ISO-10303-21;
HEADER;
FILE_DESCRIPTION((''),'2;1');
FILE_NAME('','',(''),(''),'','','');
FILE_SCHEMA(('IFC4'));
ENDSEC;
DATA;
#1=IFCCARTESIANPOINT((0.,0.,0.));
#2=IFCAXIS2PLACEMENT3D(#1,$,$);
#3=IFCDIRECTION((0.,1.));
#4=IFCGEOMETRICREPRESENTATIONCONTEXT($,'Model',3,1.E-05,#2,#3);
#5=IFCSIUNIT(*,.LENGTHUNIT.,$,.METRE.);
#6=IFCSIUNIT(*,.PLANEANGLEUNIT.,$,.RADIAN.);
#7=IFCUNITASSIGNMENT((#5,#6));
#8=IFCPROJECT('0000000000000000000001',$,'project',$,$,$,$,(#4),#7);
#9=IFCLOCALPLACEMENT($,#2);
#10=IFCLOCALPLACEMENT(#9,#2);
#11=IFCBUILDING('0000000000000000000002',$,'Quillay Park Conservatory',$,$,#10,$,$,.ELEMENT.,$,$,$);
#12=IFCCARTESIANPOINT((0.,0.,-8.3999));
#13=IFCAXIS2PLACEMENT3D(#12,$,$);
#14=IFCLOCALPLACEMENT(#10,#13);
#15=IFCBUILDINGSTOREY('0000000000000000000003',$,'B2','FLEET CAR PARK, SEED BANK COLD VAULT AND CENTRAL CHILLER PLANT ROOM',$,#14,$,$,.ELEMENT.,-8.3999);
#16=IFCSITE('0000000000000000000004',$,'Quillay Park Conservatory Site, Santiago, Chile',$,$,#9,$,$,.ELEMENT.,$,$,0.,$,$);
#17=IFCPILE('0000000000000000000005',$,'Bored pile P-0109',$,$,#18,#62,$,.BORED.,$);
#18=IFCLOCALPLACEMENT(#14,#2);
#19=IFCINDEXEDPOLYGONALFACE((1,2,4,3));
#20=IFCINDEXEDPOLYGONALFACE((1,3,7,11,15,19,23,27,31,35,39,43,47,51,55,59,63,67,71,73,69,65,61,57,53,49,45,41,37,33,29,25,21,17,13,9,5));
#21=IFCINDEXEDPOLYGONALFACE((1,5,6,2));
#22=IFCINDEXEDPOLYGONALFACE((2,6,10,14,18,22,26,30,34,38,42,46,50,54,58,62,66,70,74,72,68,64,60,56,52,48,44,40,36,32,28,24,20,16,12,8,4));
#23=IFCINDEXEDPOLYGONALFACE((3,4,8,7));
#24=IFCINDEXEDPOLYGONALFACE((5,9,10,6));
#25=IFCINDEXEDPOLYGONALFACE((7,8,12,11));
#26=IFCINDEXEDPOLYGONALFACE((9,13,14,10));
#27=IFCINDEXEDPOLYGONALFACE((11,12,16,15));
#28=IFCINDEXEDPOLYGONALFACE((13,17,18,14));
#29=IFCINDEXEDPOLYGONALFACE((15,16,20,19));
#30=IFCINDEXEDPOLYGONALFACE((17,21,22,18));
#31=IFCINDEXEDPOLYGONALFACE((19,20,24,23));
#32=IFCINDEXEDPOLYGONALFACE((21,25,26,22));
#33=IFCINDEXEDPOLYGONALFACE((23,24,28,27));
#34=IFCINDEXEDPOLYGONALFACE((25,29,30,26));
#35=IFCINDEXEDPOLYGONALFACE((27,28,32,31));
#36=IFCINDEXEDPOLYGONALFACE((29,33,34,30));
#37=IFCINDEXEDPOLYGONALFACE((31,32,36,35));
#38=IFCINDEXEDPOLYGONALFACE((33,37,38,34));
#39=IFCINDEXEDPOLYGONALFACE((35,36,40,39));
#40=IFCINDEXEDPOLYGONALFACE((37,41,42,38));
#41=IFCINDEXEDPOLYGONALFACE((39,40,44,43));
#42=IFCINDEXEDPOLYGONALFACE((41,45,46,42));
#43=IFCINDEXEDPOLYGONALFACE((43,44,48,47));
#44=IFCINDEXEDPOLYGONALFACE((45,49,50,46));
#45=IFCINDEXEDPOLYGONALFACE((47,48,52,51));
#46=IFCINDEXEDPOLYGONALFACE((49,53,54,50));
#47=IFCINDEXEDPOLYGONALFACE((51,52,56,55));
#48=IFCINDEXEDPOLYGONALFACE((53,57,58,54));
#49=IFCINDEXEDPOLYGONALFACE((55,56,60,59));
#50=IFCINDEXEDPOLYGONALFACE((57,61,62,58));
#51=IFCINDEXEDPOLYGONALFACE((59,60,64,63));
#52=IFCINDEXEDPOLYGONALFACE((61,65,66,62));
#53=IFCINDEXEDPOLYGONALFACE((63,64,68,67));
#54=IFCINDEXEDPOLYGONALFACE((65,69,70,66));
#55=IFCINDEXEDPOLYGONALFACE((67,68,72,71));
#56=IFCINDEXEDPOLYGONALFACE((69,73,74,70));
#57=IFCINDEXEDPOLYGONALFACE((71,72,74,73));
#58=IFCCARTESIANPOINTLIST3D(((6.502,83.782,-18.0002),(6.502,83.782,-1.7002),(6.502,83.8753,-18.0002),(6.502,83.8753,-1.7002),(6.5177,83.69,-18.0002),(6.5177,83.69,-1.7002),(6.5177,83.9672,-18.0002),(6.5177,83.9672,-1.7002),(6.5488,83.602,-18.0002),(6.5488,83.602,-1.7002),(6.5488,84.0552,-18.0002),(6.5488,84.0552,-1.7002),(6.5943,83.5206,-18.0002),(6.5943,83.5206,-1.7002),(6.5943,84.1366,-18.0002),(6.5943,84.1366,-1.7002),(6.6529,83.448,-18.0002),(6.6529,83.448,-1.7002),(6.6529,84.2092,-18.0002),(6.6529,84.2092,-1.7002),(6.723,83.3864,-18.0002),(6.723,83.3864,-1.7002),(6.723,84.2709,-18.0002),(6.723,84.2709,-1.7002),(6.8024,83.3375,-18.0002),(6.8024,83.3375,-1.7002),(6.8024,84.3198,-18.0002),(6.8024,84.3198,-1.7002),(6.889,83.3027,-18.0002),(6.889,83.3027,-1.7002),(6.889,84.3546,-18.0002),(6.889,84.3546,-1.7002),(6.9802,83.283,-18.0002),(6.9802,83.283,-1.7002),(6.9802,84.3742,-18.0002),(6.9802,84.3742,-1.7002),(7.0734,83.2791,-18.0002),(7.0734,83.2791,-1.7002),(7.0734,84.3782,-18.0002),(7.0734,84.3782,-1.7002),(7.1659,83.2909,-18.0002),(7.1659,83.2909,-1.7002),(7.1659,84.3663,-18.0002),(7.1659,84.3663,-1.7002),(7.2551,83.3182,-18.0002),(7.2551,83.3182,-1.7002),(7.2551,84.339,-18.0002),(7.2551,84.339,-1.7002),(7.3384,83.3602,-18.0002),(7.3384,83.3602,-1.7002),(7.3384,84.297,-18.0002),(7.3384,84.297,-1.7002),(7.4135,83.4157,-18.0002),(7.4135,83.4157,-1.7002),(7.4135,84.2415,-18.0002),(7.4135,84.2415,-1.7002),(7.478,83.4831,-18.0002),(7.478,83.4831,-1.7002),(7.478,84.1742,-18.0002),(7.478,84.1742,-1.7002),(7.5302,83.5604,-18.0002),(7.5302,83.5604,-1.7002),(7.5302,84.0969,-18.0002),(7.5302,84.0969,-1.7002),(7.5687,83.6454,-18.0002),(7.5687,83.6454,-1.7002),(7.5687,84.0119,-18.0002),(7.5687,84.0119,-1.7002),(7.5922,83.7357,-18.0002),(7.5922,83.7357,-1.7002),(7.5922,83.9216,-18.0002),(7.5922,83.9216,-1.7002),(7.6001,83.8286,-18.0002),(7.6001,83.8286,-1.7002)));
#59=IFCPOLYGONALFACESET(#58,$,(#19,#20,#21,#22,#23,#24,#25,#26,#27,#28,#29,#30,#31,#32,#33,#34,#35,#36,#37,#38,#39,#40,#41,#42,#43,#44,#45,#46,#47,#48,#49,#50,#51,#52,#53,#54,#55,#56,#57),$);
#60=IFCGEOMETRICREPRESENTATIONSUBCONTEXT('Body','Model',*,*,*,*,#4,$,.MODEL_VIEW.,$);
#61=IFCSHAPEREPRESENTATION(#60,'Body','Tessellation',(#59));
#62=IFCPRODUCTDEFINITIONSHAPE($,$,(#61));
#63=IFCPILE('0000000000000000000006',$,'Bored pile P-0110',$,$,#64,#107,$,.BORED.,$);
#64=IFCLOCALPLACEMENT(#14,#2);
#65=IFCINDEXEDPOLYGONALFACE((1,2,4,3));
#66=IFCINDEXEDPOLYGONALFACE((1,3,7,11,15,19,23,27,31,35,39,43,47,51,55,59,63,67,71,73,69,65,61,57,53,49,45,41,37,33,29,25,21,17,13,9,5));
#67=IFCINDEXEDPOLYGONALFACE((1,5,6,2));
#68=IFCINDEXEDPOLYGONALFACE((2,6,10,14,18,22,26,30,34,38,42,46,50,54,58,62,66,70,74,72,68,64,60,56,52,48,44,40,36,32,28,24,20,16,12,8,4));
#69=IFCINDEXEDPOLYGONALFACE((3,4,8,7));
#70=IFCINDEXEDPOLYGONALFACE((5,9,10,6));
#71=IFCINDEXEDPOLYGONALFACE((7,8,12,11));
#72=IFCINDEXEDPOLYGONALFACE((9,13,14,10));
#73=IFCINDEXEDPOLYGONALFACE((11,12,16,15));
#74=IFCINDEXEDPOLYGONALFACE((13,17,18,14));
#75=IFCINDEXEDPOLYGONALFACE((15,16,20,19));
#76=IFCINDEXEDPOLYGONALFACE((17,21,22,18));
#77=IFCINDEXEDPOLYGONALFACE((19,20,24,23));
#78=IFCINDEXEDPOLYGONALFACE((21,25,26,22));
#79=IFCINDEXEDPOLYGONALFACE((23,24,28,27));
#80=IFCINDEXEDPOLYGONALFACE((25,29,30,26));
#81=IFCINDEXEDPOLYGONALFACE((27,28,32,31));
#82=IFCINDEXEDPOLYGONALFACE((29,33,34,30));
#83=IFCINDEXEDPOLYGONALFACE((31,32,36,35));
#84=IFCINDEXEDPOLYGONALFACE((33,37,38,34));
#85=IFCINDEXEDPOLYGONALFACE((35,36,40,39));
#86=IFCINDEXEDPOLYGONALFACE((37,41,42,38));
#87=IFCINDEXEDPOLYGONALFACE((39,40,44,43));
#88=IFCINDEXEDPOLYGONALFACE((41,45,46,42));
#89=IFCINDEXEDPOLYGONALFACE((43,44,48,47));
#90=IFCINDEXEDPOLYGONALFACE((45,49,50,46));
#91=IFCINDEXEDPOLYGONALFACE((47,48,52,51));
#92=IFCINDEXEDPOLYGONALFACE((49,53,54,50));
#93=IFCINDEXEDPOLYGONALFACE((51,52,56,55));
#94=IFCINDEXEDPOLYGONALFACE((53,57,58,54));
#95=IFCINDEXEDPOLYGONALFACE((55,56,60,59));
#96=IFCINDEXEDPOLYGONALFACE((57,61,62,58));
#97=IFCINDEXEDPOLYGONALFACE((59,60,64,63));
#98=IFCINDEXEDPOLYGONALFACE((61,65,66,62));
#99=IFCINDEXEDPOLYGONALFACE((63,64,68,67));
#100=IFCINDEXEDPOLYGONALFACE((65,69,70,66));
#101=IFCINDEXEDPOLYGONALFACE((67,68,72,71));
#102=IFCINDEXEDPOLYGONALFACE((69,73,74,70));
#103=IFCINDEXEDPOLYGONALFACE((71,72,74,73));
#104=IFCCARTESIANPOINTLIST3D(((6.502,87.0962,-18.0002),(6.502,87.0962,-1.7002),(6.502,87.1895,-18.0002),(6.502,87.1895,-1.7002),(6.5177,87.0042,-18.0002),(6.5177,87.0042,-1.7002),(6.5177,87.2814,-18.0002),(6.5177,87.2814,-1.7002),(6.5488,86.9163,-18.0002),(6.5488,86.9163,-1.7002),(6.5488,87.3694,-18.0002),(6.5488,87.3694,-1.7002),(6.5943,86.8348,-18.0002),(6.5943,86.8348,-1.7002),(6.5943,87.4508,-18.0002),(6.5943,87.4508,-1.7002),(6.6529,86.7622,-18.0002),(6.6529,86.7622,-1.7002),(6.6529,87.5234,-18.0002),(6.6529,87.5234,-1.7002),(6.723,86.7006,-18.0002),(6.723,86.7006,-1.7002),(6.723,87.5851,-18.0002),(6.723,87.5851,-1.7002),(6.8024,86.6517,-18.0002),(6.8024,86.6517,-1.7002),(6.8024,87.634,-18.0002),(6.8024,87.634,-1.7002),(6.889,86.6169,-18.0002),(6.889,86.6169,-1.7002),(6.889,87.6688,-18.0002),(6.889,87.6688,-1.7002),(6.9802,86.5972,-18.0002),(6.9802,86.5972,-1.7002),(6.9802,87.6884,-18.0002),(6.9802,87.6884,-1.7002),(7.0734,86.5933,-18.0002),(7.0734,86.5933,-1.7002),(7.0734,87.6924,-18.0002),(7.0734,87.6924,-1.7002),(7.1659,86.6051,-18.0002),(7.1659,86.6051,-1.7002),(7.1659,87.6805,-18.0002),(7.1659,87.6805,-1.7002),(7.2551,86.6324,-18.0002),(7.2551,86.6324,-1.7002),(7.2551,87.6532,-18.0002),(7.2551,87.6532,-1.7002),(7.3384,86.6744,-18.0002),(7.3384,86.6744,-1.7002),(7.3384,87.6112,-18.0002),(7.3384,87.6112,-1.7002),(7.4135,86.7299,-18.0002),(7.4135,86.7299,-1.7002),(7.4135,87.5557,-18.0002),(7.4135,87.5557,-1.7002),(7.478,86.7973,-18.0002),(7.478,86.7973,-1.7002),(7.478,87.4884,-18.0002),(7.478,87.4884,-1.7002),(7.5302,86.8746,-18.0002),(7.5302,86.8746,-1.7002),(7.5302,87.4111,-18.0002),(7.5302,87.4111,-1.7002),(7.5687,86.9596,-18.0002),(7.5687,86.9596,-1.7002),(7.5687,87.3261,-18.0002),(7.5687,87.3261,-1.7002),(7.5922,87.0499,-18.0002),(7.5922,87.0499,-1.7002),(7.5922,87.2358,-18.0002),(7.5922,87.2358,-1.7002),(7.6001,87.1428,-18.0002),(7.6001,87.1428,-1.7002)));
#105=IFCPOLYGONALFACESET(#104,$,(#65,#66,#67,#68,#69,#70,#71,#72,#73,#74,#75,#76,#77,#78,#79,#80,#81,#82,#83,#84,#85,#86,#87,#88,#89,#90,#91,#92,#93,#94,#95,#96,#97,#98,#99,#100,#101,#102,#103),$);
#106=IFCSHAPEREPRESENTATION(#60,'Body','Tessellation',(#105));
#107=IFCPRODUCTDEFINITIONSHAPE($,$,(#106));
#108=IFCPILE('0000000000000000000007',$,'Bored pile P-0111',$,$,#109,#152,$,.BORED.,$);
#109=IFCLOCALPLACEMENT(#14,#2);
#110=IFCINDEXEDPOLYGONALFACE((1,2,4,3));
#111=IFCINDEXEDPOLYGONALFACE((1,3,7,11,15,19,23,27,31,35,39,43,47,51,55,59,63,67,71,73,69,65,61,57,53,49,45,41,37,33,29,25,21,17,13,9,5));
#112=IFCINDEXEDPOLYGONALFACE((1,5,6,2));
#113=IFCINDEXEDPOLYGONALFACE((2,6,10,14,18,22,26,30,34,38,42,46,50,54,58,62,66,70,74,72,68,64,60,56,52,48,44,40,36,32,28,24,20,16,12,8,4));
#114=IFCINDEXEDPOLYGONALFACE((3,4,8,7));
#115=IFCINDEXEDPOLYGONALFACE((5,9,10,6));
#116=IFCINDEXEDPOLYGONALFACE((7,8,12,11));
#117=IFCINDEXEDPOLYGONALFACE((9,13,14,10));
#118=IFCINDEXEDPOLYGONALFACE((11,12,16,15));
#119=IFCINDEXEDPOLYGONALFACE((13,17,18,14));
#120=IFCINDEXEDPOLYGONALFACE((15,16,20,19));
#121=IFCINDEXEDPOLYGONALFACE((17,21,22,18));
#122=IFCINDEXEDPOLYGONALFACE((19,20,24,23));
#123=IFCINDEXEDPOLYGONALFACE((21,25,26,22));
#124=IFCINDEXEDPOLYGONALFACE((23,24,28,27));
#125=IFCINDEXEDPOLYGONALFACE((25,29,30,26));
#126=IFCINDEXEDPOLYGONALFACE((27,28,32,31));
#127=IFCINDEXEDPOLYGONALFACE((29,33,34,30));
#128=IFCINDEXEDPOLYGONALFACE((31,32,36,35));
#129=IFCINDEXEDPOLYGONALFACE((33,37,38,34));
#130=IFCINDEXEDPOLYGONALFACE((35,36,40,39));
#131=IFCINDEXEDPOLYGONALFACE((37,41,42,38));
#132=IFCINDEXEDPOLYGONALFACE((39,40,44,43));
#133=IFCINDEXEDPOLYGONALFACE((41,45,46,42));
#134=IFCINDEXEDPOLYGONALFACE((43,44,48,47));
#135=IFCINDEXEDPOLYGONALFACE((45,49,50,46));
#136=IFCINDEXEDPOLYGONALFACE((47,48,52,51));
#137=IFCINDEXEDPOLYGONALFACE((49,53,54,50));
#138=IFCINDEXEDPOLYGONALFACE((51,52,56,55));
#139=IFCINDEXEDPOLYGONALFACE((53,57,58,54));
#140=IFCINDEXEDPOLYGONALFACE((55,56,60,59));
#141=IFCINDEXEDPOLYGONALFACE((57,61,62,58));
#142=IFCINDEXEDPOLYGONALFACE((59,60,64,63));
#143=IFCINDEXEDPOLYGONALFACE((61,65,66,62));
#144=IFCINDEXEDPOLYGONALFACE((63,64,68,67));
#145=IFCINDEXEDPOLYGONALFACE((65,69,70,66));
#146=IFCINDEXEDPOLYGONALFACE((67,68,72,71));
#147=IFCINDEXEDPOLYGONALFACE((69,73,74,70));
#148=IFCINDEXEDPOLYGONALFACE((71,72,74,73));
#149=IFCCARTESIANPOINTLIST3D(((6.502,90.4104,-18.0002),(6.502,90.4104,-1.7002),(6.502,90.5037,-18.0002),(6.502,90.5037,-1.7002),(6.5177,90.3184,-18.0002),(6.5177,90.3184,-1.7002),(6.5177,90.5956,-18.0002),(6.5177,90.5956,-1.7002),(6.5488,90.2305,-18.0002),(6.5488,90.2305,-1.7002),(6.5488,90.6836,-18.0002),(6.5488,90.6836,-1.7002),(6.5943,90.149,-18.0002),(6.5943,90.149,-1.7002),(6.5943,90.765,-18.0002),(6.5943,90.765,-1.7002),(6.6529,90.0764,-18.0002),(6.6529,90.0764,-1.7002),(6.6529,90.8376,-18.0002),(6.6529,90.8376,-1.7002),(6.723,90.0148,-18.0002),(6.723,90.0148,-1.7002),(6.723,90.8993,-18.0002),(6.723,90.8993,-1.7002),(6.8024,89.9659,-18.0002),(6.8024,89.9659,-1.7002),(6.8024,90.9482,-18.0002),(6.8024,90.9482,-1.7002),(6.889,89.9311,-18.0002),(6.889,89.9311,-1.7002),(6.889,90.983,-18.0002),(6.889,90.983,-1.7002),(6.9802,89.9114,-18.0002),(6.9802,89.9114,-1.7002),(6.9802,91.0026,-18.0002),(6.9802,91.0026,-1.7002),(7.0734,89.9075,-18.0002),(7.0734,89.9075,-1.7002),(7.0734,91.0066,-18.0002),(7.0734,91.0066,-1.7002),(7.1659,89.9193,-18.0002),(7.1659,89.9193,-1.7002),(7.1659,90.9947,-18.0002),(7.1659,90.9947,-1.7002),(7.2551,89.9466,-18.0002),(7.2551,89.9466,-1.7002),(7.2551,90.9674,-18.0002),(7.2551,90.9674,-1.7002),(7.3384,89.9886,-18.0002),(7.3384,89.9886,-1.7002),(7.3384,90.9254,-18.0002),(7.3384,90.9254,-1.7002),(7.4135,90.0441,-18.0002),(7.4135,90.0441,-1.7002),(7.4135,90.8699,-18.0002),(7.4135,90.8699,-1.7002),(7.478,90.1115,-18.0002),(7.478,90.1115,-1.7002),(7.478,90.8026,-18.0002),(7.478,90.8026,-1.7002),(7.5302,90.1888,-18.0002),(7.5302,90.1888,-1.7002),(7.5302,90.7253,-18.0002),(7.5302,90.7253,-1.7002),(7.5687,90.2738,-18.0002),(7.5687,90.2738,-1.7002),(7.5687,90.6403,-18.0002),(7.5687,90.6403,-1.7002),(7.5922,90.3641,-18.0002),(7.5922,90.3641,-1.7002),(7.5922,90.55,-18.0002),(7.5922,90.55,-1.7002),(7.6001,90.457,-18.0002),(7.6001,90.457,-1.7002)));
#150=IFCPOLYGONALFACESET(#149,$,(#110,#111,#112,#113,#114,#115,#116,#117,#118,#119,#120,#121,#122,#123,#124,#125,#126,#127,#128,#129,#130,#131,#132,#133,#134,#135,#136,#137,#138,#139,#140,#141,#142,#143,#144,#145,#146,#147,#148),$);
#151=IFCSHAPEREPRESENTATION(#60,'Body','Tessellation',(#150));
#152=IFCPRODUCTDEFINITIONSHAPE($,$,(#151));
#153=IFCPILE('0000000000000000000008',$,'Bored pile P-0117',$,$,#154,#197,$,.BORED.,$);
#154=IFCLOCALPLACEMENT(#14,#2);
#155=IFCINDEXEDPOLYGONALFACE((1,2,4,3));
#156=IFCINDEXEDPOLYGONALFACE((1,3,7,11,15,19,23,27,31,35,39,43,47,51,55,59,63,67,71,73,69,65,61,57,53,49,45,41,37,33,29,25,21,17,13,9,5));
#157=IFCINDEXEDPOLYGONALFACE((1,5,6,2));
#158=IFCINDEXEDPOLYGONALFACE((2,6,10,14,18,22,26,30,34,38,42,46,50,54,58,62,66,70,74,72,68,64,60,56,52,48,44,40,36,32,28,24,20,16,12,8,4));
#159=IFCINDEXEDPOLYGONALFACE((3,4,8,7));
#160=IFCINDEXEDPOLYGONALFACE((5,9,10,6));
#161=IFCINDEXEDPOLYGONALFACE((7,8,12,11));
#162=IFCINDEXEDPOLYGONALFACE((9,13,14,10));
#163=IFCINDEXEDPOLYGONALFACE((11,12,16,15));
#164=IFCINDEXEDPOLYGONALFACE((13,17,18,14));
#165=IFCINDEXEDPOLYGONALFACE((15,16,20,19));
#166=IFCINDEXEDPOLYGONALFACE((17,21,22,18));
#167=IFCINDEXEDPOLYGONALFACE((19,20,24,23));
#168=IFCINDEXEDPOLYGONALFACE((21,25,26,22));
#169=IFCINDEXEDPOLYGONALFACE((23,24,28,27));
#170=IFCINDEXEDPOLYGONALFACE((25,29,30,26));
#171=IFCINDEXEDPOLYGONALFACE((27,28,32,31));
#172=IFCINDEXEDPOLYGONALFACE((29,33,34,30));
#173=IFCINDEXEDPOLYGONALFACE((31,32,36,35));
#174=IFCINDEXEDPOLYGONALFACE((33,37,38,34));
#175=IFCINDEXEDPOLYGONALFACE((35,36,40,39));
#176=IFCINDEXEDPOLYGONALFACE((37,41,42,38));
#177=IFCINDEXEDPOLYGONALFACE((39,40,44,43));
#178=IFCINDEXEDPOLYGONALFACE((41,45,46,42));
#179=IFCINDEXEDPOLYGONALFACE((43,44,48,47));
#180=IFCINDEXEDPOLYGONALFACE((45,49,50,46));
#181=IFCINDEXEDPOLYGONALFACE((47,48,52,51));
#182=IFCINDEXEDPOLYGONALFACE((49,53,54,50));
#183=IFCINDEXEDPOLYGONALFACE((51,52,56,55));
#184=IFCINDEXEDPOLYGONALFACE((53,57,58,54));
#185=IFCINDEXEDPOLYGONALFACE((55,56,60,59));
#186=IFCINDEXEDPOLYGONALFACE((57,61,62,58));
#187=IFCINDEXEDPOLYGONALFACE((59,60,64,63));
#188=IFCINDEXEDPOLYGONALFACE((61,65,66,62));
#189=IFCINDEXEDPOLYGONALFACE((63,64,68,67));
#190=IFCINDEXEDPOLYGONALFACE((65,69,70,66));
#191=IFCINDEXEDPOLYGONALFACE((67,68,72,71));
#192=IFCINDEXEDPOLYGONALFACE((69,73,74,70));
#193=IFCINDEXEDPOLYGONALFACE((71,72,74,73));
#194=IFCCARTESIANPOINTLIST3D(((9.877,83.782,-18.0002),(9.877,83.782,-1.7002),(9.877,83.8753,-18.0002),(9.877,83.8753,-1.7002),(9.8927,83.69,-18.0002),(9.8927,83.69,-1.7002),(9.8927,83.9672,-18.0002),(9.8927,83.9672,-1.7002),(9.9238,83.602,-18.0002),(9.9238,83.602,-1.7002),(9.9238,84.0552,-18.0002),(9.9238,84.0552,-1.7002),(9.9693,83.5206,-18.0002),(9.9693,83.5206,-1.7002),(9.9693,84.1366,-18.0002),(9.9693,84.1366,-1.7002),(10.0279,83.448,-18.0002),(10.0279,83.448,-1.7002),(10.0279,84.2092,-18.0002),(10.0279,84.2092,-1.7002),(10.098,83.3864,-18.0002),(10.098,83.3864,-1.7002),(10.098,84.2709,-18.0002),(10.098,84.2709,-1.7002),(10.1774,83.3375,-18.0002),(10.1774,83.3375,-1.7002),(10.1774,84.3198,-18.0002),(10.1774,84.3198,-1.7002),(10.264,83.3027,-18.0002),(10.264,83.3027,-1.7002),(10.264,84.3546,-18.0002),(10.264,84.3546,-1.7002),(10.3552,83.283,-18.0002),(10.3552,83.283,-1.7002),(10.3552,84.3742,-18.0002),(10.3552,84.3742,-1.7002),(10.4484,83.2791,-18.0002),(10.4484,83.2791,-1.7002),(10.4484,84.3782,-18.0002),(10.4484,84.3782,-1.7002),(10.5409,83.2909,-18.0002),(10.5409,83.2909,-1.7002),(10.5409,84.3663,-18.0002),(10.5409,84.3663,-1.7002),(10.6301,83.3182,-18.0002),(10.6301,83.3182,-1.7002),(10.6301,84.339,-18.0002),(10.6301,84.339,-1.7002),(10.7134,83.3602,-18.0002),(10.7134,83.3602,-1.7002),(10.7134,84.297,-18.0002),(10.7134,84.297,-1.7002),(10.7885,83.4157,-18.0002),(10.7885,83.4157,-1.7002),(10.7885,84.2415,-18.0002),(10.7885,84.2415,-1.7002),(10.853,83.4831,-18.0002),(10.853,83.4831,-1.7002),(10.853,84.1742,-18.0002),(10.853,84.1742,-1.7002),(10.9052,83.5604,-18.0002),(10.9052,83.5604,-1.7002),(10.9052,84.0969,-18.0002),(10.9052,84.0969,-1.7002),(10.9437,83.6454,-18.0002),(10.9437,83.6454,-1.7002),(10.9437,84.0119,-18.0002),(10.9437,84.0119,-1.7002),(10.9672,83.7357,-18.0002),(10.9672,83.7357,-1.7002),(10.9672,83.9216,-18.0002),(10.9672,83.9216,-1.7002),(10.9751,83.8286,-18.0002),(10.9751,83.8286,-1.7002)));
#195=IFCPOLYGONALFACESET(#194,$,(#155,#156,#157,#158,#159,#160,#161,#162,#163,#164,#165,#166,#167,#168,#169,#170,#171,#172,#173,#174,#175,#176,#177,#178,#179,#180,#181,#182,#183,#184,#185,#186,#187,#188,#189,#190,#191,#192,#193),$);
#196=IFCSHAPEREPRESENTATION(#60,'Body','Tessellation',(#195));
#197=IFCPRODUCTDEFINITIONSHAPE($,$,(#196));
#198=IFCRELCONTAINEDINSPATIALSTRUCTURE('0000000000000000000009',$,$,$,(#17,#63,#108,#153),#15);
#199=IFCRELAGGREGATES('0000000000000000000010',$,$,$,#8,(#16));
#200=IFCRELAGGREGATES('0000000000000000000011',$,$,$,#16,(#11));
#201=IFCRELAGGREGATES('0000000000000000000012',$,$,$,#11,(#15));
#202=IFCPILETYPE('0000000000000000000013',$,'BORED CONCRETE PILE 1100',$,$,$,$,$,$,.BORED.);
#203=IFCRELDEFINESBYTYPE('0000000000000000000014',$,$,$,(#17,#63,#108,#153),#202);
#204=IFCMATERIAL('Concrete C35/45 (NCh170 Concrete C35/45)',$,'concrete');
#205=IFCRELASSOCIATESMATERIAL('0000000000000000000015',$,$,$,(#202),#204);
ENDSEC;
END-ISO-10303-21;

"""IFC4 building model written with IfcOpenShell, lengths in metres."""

from ifc_helpers import new_model, si_unit, direction, frame, origin, origin_2d, place, context, subcontext, project, spatial, circle, extrude, material, material_profile, profile_set, type_object, element, save


model = new_model("IFC4")

# Units and contexts
model_context = context("Model", 3, precision=1e-05, world=origin(), true_north=direction((0.0, 1.0)))
body_context = subcontext(model_context, "Body", "Model", "MODEL_VIEW")
ifc_project = project(units=[si_unit("LENGTHUNIT", "METRE"), si_unit("PLANEANGLEUNIT", "RADIAN")], contexts=[model_context])

# Site, building, storey
site_placement = place(None, origin())
site = spatial("IfcSite", under=ifc_project, at=site_placement, Name="Quillay Park Conservatory Site, Santiago, Chile", CompositionType="ELEMENT", RefElevation=0.0)
building_placement = place(site_placement, origin())
building = spatial("IfcBuilding", under=site, at=building_placement, Name="Quillay Park Conservatory", CompositionType="ELEMENT")
storey_placement = place(building_placement, frame((0.0, 0.0, -8.3999)))
storey = spatial("IfcBuildingStorey", under=building, at=storey_placement, Name="B2", Description="FLEET CAR PARK, SEED BANK COLD VAULT AND CENTRAL CHILLER PLANT ROOM", CompositionType="ELEMENT", Elevation=-8.3999)

# Piles
ifc_material_1 = material(Name="Concrete C35/45 (NCh170 Concrete C35/45)", Category="concrete")
ifc_material_profile_1 = material_profile(ifc_material_1, circle(Radius=0.55, at=origin_2d()), Name="PILE1100")
ifc_profile_set_1 = profile_set([ifc_material_profile_1], Name="Concrete C35/45 (NCh170 Concrete C35/45)")
pile_type = type_object("IfcPileType", Name="BORED CONCRETE PILE 1100", PredefinedType="BORED", material=ifc_profile_set_1)
for number, where, z_axis, x_axis, name in (
    (1, (7.05, 83.8286, -1.7002), (0.0, 0.0, -1.0), (1.0, 0.0, 0.0), "Bored pile P-0109"),
    (2, (7.05, 87.1428, -1.7002), (0.0, 0.0, -1.0), (1.0, 0.0, 0.0), "Bored pile P-0110"),
    (3, (7.05, 90.457, -1.7002), (0.0, 0.0, -1.0), (1.0, 0.0, 0.0), "Bored pile P-0111"),
    (4, (10.425, 83.8286, -1.7002), (0.0, 0.0, -1.0), (1.0, 0.0, 0.0), "Bored pile P-0117"),
):
    element("IfcPile", number, at=place(storey_placement, frame(where, z_axis=z_axis, x_axis=x_axis)), inside=storey, type_object=pile_type, Name=name, PredefinedType="BORED", context=body_context, shape_type="SweptSolid", body=[
        extrude(circle(Radius=0.55, at=origin_2d()), origin(), (0.0, 0.0, 1.0), 16.3),
    ])

save(model, "model.ifc")
